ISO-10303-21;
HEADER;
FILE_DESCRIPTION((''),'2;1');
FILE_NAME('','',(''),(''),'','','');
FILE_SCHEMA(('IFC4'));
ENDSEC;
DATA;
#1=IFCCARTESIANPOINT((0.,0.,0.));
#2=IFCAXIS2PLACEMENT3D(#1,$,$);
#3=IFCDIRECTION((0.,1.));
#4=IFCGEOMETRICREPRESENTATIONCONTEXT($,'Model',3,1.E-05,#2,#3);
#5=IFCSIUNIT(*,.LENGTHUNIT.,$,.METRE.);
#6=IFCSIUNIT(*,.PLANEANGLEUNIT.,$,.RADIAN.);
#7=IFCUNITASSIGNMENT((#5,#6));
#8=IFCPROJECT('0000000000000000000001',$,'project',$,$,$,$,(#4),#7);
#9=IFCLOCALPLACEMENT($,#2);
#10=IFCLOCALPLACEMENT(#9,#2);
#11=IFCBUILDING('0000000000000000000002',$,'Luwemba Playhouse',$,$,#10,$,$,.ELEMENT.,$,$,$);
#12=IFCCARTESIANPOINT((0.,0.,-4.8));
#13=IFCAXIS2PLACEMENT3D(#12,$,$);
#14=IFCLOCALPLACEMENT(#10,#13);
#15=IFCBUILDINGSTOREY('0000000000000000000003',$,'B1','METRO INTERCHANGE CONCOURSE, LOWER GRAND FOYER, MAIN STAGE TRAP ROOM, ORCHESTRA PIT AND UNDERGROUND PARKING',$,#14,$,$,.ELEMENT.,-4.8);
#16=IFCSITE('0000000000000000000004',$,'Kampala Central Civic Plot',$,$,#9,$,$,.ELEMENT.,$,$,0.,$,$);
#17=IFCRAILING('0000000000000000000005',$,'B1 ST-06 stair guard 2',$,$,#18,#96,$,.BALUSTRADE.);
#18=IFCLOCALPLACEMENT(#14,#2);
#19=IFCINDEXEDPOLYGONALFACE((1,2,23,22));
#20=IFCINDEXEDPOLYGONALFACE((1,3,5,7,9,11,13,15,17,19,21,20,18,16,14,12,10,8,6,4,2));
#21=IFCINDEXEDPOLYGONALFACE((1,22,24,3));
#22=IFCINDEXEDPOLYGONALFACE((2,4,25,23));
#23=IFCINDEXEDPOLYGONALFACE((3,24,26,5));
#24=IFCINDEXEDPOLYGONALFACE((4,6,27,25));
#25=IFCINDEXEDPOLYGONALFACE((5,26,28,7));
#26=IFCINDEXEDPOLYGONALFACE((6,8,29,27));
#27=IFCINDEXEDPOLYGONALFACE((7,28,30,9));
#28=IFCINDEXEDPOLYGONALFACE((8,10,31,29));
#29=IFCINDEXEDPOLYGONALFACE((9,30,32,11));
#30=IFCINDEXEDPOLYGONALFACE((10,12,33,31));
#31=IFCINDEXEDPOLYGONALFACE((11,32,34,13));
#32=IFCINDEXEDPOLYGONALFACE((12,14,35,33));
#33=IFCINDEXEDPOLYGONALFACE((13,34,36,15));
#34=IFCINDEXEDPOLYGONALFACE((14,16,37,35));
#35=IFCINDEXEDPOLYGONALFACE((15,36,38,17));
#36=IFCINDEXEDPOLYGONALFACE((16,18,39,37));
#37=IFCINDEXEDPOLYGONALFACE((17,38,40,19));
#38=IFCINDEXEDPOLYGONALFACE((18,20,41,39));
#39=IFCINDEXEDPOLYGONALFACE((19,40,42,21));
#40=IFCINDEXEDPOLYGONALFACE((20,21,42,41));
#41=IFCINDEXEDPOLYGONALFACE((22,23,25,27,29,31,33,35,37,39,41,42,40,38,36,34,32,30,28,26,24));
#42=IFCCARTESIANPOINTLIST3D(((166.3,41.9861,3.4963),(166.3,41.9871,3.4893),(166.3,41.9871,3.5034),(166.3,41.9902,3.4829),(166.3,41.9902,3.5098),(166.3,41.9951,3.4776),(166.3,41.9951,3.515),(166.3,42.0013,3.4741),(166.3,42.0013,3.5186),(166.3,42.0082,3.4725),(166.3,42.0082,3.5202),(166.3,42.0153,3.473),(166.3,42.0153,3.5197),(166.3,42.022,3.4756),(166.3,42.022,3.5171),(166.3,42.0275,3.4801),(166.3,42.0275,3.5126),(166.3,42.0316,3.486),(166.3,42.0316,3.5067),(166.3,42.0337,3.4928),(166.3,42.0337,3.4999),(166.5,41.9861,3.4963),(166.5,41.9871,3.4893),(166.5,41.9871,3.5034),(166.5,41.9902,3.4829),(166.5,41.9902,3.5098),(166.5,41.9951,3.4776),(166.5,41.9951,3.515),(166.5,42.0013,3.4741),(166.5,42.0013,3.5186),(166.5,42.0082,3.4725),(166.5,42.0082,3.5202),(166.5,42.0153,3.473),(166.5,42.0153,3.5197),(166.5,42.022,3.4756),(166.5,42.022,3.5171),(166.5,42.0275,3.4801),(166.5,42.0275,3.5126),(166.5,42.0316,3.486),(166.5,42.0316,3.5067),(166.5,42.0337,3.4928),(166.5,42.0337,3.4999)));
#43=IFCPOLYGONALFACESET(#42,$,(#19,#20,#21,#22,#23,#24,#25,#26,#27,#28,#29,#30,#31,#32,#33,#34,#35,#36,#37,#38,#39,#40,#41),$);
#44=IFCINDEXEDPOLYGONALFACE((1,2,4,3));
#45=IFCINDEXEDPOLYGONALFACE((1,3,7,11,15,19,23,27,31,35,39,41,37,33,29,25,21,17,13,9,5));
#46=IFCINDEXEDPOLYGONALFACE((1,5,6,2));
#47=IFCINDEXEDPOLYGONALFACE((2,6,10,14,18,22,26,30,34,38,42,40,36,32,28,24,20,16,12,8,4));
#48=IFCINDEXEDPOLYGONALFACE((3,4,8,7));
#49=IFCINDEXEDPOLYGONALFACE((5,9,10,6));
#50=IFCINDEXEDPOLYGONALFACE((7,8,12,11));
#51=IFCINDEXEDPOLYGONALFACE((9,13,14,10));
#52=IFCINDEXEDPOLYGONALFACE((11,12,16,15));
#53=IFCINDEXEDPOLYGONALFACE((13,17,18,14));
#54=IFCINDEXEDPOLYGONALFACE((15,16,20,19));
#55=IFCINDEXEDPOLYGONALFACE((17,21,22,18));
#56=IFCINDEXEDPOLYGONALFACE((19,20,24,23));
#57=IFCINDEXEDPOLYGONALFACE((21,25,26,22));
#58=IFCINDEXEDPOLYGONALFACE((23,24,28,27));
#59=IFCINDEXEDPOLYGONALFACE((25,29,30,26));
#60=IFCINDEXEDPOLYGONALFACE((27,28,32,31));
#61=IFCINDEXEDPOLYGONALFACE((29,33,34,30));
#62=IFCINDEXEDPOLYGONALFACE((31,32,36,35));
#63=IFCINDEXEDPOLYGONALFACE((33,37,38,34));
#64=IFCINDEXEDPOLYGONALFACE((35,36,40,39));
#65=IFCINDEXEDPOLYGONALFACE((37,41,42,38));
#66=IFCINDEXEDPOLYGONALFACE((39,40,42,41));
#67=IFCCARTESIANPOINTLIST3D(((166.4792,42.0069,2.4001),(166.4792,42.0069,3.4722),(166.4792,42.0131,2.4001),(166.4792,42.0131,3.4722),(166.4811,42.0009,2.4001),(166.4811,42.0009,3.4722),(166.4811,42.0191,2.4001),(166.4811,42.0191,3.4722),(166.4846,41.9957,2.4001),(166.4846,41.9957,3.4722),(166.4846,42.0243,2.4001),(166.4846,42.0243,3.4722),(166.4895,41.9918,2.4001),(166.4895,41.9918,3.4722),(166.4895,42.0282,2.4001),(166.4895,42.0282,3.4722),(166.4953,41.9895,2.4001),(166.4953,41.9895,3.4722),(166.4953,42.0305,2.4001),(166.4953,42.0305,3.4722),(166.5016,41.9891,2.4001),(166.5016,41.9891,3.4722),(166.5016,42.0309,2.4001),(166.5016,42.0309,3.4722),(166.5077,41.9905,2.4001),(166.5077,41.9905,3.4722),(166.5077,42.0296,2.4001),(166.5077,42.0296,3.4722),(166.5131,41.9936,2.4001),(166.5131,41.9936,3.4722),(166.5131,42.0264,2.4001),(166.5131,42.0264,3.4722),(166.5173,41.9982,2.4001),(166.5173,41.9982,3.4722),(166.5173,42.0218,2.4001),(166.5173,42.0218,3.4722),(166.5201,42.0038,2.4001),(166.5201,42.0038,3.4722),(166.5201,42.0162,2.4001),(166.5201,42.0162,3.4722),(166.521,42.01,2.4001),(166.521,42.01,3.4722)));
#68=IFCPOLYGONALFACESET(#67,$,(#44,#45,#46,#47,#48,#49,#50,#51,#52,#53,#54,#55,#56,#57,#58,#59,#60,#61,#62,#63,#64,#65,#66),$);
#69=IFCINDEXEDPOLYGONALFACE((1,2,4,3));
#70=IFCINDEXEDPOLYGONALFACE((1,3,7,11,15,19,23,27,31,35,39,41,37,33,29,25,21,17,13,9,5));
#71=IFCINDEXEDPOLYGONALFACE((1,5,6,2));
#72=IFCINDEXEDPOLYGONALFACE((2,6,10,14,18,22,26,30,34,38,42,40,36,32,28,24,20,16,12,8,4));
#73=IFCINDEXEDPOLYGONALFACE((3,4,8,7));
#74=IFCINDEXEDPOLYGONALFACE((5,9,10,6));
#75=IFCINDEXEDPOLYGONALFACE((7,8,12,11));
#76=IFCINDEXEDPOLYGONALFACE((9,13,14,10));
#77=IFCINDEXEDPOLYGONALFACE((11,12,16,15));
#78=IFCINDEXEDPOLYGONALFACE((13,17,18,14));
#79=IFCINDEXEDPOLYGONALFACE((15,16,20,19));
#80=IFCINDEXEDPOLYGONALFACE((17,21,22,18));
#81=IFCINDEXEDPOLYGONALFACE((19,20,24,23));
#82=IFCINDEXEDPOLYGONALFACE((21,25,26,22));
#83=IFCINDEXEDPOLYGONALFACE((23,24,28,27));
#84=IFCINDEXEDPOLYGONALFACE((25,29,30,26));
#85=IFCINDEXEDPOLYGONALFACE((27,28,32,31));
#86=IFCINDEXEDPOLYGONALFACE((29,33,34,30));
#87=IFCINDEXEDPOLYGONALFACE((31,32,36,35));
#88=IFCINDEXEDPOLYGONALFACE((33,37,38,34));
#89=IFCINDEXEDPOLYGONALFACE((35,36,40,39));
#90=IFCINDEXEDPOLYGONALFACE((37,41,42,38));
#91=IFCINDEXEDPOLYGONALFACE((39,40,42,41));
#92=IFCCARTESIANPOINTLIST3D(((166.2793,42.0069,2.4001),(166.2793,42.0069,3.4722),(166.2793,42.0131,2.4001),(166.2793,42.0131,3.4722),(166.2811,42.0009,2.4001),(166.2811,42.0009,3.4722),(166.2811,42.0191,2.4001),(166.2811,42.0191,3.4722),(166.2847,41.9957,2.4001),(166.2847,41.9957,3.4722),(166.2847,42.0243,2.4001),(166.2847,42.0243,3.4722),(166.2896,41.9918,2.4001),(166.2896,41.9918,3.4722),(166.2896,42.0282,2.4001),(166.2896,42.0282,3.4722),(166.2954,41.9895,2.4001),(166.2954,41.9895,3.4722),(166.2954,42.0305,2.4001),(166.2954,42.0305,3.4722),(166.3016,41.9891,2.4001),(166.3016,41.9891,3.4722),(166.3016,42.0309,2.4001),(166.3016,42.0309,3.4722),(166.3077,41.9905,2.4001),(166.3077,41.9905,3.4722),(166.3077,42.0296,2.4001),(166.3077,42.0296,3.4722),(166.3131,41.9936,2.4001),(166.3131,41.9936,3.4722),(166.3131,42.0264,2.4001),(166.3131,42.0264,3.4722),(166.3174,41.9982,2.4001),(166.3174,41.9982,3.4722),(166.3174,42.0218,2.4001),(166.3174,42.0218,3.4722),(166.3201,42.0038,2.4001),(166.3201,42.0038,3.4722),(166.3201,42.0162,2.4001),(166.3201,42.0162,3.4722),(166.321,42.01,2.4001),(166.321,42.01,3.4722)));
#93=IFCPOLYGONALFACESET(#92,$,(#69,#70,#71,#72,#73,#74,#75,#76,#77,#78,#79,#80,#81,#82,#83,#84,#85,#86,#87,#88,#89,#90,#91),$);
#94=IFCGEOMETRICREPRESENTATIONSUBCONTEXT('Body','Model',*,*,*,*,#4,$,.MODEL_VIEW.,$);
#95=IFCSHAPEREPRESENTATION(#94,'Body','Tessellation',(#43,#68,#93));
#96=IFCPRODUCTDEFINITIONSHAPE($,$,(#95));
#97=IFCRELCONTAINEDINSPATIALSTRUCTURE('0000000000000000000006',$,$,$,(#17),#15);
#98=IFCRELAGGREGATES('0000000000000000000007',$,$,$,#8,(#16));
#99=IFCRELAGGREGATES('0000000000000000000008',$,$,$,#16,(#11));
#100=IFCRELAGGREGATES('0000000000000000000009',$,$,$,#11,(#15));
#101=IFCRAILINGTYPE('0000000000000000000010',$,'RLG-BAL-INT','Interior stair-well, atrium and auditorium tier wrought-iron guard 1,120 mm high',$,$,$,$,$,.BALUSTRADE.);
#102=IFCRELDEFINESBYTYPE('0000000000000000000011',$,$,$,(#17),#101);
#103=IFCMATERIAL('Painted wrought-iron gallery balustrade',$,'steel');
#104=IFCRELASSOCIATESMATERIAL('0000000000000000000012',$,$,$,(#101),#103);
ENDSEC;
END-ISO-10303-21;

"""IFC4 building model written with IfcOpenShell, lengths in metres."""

from ifc_helpers import new_model, si_unit, direction, frame, origin, origin_2d, place, context, subcontext, project, spatial, circle, extrude, material, type_object, element, save


model = new_model("IFC4")

# Units and contexts
model_context = context("Model", 3, precision=1e-05, world=origin(), true_north=direction((0.0, 1.0)))
body_context = subcontext(model_context, "Body", "Model", "MODEL_VIEW")
ifc_project = project(units=[si_unit("LENGTHUNIT", "METRE"), si_unit("PLANEANGLEUNIT", "RADIAN")], contexts=[model_context])

# Site, building, storey
site_placement = place(None, origin())
site = spatial("IfcSite", under=ifc_project, at=site_placement, Name="Kampala Central Civic Plot", CompositionType="ELEMENT", RefElevation=0.0)
building_placement = place(site_placement, origin())
building = spatial("IfcBuilding", under=site, at=building_placement, Name="Luwemba Playhouse", CompositionType="ELEMENT")
storey_placement = place(building_placement, frame((0.0, 0.0, -4.8)))
storey = spatial("IfcBuildingStorey", under=building, at=storey_placement, Name="B1", Description="METRO INTERCHANGE CONCOURSE, LOWER GRAND FOYER, MAIN STAGE TRAP ROOM, ORCHESTRA PIT AND UNDERGROUND PARKING", CompositionType="ELEMENT", Elevation=-4.8)

# Railing
ifc_material_1 = material(Name="Painted wrought-iron gallery balustrade", Category="steel")
railing_type_1 = type_object("IfcRailingType", Name="RLG-BAL-INT", Description="Interior stair-well, atrium and auditorium tier wrought-iron guard 1,120 mm high", PredefinedType="BALUSTRADE", material=ifc_material_1)
railing_1_placement = place(storey_placement, frame((166.5, 42.01, 2.4001)))
element("IfcRailing", 1, at=railing_1_placement, inside=storey, type_object=railing_type_1, Name="B1 ST-06 stair guard 2", PredefinedType="BALUSTRADE", context=body_context, shape_type="SweptSolid", body=[
    extrude(circle(Radius=0.0239, at=origin_2d()), frame((0.0, 0.0, 1.0962), z_axis=(-1.0, 0.0, 0.0), x_axis=(0.0, -1.0, 0.0)), (0.0, 0.0, 1.0), 0.2),
    extrude(circle(Radius=0.021, at=origin_2d()), origin(), (0.0, 0.0, 1.0), 1.072),
    extrude(circle(Radius=0.021, at=origin_2d()), frame((-0.2, 0.0, 0.0)), (0.0, 0.0, 1.0), 1.072),
])

save(model, "model.ifc")
